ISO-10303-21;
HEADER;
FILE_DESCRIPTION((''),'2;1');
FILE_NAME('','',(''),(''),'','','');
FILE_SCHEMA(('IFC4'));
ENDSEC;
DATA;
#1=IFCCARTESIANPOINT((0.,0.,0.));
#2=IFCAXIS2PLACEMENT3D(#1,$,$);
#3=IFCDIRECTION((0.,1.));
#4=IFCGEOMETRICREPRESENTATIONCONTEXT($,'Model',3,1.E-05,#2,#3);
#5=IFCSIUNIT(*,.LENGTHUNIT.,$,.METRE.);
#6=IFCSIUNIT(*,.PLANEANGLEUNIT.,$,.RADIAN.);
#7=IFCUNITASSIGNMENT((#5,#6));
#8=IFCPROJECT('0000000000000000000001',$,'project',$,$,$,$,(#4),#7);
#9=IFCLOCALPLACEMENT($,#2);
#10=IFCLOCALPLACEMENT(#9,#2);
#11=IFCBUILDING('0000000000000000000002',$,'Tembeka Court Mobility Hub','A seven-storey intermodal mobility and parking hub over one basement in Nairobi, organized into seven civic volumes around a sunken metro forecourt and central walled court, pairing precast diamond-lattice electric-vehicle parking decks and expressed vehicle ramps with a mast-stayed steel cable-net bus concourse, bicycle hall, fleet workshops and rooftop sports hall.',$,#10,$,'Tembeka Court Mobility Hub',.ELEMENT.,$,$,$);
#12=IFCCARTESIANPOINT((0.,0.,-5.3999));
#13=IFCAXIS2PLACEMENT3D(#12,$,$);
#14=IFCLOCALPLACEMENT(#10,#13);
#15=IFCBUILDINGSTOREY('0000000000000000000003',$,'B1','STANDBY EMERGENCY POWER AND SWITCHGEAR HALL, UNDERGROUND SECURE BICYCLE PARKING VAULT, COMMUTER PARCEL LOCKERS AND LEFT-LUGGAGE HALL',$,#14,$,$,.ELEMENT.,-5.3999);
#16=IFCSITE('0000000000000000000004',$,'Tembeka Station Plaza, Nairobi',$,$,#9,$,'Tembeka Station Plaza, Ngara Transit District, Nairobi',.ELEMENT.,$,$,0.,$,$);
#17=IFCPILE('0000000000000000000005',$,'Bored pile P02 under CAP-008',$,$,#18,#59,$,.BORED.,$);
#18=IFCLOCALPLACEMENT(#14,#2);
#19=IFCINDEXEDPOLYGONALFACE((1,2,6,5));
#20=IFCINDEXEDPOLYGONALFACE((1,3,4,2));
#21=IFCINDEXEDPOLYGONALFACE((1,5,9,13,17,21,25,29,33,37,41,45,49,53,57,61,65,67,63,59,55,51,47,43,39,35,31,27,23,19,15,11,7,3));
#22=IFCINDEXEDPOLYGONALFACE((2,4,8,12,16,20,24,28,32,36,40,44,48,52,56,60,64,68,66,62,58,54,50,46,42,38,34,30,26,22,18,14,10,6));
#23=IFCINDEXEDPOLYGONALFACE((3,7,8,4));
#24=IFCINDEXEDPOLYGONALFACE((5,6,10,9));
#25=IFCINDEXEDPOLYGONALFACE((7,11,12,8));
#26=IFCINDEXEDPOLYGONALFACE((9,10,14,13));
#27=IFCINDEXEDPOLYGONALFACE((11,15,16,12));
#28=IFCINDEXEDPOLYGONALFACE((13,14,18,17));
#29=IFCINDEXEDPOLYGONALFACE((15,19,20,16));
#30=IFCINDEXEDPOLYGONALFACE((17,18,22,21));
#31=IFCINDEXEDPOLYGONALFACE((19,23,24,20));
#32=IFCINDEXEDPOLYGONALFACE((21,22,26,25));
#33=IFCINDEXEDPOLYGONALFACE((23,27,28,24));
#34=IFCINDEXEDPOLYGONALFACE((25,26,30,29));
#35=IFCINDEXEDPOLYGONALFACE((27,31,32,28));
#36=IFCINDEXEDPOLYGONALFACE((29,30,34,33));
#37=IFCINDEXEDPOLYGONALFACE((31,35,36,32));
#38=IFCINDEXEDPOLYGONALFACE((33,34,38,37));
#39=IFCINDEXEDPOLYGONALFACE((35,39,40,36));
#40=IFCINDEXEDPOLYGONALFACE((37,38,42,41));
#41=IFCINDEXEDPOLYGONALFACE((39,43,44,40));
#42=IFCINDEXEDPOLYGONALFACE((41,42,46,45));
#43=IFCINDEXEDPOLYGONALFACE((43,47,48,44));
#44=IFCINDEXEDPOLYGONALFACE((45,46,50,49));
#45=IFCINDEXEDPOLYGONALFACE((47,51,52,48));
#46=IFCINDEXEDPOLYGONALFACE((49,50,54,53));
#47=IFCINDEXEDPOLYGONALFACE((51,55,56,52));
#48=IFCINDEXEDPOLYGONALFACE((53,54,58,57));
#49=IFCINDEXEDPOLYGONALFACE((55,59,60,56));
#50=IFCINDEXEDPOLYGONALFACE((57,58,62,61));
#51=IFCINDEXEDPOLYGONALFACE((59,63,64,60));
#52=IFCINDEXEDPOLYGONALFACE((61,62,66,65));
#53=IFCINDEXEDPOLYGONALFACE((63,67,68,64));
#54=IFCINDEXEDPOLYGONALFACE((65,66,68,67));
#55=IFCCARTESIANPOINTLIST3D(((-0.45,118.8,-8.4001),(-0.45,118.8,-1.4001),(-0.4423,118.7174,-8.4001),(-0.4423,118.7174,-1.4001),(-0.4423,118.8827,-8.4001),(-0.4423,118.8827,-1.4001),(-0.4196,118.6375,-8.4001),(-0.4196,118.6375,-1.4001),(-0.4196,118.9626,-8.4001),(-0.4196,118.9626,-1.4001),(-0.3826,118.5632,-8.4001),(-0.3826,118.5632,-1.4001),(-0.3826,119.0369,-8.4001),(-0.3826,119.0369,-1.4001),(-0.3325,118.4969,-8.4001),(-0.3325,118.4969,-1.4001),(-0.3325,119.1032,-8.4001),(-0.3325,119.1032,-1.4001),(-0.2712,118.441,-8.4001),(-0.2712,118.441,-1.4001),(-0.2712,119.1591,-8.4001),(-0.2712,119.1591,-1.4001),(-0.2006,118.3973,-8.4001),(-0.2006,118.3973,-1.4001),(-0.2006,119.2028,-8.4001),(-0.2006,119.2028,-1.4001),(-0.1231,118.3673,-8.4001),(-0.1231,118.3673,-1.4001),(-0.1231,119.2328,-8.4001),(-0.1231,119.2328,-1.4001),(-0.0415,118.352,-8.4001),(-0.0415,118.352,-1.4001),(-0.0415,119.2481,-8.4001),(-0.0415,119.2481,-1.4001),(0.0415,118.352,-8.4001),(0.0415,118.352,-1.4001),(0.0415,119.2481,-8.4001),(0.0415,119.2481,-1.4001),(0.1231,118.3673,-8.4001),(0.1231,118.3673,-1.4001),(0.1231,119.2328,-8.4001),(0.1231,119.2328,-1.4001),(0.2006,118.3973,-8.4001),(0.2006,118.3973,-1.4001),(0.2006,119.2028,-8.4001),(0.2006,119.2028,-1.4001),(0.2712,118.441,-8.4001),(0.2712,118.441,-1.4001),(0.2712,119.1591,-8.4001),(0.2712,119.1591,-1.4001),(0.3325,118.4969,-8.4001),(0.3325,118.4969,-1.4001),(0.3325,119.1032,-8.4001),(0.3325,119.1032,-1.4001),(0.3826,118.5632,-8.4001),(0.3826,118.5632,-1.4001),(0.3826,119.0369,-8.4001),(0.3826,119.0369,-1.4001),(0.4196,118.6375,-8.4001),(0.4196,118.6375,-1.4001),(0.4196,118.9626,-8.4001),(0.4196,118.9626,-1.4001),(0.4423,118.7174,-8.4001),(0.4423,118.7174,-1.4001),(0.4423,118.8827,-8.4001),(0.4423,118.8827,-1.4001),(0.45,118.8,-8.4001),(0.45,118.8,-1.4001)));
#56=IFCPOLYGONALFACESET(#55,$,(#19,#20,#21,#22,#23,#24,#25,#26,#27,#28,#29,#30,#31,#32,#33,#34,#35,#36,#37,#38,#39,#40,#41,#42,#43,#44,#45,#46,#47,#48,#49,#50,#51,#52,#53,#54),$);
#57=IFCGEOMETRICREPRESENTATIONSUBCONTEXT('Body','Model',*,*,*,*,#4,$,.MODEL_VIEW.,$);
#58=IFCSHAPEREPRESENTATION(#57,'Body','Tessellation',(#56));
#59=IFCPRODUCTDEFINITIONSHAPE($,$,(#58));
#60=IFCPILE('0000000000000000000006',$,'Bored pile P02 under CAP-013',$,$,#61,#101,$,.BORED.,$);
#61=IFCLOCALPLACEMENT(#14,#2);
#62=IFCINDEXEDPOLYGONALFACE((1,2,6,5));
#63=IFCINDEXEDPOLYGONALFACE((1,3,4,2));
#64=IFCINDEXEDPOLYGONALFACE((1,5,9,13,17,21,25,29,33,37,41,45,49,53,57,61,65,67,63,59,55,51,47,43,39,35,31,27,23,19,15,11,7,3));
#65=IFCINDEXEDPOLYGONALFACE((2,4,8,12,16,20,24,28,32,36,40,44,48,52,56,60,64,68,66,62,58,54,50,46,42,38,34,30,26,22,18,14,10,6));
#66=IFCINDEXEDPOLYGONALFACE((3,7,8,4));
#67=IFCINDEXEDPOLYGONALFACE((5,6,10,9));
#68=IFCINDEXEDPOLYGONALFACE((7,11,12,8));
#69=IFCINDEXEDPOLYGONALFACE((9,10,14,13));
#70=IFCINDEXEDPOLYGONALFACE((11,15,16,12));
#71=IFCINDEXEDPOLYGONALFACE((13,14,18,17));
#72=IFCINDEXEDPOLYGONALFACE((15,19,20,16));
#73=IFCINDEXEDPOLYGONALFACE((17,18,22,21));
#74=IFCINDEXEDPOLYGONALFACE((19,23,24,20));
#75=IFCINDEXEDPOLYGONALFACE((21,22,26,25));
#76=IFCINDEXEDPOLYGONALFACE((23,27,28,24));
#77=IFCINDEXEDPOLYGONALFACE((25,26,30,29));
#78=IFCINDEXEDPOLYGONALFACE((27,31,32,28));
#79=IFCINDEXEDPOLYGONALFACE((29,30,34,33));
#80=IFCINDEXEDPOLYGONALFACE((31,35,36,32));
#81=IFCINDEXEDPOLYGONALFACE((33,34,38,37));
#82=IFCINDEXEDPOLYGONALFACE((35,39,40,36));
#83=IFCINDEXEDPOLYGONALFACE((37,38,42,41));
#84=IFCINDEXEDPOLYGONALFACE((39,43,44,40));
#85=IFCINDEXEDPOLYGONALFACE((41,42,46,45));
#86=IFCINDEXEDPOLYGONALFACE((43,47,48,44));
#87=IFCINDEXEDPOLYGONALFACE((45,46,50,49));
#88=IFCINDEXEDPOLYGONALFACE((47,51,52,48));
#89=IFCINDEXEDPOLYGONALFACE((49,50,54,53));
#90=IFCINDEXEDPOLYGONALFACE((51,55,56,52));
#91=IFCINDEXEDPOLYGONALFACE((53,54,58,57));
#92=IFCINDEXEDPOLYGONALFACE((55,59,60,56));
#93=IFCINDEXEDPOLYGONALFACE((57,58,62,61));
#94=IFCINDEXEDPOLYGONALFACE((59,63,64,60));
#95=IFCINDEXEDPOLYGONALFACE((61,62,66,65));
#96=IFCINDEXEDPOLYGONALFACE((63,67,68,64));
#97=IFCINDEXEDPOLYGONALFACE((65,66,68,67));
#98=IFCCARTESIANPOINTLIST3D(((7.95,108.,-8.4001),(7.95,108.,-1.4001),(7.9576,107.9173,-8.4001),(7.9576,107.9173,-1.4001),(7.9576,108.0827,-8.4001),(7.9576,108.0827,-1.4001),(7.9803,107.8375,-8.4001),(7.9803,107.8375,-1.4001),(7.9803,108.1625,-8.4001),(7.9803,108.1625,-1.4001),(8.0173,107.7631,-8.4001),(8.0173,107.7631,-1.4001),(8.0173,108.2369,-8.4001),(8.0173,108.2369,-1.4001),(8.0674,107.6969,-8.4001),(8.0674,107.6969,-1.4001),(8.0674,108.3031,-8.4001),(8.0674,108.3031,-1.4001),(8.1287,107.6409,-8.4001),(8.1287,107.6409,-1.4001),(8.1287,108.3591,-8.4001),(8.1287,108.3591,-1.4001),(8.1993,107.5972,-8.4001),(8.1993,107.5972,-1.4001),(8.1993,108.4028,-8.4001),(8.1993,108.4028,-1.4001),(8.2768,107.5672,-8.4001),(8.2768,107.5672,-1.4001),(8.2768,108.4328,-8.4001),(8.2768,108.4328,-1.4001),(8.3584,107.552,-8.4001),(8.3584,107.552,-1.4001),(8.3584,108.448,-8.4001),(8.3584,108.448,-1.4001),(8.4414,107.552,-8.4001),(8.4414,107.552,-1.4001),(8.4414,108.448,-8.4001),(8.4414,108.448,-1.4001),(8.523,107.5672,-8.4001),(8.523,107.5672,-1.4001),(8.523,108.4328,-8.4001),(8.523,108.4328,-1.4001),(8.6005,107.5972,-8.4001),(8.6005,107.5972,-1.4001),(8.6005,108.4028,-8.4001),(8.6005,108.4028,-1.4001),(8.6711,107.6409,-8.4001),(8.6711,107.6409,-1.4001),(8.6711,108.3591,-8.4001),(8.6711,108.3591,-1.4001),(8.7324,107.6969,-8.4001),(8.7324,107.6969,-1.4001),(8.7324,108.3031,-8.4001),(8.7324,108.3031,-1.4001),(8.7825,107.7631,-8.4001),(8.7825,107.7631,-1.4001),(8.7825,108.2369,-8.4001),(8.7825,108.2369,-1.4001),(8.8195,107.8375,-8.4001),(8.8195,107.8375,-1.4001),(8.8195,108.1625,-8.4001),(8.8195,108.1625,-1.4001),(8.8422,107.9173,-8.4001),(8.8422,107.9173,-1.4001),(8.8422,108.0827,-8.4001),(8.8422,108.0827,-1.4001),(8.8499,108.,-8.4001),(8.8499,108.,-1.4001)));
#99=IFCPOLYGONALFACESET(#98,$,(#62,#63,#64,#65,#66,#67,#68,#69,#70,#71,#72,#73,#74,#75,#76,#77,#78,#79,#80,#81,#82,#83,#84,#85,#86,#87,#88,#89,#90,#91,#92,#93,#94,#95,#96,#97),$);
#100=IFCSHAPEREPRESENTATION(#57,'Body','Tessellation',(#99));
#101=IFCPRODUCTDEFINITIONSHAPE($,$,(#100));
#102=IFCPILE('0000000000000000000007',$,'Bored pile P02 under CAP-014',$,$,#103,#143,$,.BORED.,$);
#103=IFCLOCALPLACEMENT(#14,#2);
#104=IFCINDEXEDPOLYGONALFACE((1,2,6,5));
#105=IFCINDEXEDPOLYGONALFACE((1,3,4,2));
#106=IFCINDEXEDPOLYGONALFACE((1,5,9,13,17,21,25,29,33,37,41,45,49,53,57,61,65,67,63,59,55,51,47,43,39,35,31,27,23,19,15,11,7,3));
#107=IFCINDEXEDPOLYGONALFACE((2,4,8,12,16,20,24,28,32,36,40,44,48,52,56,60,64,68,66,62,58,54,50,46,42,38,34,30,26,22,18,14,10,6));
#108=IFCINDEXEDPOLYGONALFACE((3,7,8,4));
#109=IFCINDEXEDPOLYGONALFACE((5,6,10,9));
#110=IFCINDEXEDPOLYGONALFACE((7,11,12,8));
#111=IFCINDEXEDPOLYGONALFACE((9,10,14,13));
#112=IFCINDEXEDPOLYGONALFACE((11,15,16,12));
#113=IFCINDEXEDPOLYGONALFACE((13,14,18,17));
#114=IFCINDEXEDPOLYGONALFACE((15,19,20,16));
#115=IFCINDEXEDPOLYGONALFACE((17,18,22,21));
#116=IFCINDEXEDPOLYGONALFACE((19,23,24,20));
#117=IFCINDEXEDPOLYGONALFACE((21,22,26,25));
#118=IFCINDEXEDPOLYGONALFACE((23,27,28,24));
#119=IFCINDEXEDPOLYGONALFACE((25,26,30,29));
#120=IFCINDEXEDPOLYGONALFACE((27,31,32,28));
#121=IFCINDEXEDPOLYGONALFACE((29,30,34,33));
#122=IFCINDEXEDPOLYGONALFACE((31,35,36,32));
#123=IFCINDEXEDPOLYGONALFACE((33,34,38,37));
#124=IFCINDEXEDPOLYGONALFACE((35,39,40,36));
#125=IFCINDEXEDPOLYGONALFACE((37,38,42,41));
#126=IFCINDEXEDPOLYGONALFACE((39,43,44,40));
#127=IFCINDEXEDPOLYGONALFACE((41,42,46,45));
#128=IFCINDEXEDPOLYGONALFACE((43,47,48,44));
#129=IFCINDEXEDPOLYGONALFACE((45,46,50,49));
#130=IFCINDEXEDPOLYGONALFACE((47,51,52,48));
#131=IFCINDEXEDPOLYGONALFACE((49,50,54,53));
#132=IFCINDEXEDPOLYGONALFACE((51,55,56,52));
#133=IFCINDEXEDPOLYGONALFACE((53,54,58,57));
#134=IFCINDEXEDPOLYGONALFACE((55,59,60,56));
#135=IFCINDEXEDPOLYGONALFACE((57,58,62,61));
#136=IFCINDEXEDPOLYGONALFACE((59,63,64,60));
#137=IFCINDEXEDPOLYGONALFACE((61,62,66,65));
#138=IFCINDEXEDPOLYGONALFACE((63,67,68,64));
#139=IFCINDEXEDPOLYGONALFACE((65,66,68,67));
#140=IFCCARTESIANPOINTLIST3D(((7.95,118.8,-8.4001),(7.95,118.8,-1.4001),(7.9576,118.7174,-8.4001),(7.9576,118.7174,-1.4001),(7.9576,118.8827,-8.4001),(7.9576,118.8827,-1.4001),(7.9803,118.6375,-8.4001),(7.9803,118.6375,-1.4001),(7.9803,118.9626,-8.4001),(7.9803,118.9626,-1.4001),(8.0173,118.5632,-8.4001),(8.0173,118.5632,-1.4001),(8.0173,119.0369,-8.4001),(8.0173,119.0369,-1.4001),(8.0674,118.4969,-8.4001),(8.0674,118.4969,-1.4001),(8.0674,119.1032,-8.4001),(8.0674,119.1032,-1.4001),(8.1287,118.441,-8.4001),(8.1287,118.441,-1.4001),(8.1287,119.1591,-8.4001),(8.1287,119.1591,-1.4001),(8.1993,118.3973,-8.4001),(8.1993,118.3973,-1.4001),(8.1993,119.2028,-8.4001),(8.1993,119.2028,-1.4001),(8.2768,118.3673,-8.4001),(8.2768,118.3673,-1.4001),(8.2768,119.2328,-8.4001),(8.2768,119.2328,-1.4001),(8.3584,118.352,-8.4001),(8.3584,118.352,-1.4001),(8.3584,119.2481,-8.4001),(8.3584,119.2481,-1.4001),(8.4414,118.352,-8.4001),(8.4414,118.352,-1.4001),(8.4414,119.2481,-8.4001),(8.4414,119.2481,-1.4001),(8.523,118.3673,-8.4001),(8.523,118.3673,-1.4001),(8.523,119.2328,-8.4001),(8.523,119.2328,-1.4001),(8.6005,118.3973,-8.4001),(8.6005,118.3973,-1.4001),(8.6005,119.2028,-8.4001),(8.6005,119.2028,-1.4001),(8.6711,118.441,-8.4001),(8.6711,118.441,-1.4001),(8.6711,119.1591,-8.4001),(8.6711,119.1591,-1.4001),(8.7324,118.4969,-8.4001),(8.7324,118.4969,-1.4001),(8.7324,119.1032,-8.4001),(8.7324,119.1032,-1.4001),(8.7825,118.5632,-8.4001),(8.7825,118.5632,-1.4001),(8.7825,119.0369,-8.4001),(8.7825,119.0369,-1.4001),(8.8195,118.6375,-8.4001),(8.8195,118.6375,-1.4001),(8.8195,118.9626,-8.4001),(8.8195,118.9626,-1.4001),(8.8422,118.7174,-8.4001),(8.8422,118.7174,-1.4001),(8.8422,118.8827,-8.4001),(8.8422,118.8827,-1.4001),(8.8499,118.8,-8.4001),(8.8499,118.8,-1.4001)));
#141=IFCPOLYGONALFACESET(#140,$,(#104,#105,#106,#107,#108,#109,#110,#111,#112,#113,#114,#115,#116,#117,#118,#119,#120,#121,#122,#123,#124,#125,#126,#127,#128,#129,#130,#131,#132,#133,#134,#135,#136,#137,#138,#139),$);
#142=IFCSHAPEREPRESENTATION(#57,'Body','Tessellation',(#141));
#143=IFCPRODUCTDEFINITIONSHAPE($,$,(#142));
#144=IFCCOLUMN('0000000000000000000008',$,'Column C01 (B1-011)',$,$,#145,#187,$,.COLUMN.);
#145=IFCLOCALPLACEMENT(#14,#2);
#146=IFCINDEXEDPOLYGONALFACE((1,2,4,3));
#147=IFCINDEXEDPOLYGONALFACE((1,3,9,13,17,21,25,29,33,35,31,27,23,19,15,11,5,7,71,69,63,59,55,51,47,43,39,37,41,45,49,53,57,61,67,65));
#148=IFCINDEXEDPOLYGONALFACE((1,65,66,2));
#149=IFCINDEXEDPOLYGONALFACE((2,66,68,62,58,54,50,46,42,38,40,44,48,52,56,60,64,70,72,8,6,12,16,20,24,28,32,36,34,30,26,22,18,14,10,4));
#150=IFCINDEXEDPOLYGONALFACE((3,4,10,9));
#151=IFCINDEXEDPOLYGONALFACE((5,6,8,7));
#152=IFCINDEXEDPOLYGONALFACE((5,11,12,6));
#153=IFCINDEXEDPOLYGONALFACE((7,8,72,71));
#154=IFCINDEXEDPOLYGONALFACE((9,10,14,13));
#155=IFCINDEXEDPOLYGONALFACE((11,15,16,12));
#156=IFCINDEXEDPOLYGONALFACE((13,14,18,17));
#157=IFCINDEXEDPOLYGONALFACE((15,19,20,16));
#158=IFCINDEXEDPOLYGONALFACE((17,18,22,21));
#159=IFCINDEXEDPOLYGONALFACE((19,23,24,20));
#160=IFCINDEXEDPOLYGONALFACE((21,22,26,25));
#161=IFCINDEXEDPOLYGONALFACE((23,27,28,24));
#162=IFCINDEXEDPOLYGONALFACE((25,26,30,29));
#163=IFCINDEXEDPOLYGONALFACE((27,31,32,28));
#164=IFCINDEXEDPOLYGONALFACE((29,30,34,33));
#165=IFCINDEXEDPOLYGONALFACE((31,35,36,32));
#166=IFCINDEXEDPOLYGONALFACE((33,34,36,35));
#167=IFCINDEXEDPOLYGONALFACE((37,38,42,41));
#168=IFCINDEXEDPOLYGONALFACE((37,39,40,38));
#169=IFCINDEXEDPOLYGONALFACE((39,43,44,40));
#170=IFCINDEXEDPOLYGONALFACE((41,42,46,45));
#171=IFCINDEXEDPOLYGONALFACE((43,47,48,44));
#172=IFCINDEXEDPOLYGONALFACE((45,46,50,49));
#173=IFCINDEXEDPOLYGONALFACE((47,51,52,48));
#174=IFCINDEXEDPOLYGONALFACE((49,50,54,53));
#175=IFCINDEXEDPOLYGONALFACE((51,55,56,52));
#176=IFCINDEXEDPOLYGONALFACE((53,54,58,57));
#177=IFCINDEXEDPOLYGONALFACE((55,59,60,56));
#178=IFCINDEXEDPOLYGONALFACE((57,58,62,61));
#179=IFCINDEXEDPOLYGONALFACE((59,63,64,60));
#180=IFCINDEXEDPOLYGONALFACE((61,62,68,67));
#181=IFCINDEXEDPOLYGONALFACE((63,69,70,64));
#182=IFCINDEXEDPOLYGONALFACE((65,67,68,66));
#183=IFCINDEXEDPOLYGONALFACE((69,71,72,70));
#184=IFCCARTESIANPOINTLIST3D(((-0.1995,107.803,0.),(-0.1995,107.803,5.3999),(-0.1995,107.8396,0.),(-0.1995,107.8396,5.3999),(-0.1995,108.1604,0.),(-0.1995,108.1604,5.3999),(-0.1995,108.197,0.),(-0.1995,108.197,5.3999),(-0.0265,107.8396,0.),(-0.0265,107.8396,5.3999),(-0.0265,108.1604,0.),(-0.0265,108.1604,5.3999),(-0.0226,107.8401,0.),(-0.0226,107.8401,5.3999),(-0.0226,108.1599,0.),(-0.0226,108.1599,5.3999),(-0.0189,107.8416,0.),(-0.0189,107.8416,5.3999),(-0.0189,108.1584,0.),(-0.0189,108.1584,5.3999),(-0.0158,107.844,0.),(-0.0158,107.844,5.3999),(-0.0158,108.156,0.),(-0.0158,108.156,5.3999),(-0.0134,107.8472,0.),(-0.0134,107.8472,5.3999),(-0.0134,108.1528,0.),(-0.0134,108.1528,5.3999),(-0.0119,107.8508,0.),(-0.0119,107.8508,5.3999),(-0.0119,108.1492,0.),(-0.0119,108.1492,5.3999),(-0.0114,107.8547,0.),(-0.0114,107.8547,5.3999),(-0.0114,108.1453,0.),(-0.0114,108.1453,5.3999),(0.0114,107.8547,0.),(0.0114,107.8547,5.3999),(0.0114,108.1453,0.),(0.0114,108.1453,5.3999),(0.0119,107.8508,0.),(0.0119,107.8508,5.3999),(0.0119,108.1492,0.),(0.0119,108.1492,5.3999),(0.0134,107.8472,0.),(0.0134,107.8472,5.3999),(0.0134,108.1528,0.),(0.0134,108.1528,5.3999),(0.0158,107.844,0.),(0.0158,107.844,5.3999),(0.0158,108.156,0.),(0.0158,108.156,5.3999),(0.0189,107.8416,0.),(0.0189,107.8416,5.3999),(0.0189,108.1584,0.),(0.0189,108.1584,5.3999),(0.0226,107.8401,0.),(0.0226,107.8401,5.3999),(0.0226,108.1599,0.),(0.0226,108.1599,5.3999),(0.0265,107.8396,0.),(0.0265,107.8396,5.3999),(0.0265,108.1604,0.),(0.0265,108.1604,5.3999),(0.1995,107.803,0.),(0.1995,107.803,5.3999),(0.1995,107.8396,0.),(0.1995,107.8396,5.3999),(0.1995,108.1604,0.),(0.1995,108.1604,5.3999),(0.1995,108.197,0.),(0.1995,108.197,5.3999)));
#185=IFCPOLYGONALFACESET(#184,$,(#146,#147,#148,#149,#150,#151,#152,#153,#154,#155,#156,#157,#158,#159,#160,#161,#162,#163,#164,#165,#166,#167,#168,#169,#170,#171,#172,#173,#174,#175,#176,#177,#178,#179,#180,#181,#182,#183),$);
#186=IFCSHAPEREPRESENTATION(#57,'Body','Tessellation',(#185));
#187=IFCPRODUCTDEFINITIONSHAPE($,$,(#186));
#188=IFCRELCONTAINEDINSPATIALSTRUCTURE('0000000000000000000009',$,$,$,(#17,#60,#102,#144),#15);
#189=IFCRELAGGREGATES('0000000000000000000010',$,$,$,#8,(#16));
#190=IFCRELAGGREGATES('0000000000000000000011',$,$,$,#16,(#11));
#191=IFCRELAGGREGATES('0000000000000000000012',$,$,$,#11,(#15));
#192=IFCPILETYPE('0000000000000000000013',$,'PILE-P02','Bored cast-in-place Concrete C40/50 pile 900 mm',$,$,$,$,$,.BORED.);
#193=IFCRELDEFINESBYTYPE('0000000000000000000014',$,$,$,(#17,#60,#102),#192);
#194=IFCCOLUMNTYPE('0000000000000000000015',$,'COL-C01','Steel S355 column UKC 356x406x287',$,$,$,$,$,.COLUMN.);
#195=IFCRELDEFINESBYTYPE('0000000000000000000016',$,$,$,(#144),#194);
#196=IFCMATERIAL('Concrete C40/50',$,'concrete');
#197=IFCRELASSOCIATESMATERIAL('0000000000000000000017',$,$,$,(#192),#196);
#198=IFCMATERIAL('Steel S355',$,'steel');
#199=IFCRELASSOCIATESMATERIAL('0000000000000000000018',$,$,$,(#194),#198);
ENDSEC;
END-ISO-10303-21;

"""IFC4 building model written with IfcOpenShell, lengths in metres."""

from ifc_helpers import new_model, si_unit, direction, frame, origin, origin_2d, place, context, subcontext, project, spatial, circle, i_section, extrude, material, material_profile, profile_set, type_object, element, save


model = new_model("IFC4")

# Units and contexts
model_context = context("Model", 3, precision=1e-05, world=origin(), true_north=direction((0.0, 1.0)))
body_context = subcontext(model_context, "Body", "Model", "MODEL_VIEW")
ifc_project = project(units=[si_unit("LENGTHUNIT", "METRE"), si_unit("PLANEANGLEUNIT", "RADIAN")], contexts=[model_context])

# Site, building, storey
site_placement = place(None, origin())
site = spatial("IfcSite", under=ifc_project, at=site_placement, Name="Tembeka Station Plaza, Nairobi", LongName="Tembeka Station Plaza, Ngara Transit District, Nairobi", CompositionType="ELEMENT", RefElevation=0.0)
building_placement = place(site_placement, origin())
building = spatial("IfcBuilding", under=site, at=building_placement, Name="Tembeka Court Mobility Hub", Description="A seven-storey intermodal mobility and parking hub over one basement in Nairobi, organized into seven civic volumes around a sunken metro forecourt and central walled court, pairing precast diamond-lattice electric-vehicle parking decks and expressed vehicle ramps with a mast-stayed steel cable-net bus concourse, bicycle hall, fleet workshops and rooftop sports hall.", LongName="Tembeka Court Mobility Hub", CompositionType="ELEMENT")
storey_placement = place(building_placement, frame((0.0, 0.0, -5.3999)))
storey = spatial("IfcBuildingStorey", under=building, at=storey_placement, Name="B1", Description="STANDBY EMERGENCY POWER AND SWITCHGEAR HALL, UNDERGROUND SECURE BICYCLE PARKING VAULT, COMMUTER PARCEL LOCKERS AND LEFT-LUGGAGE HALL", CompositionType="ELEMENT", Elevation=-5.3999)

# Shared definitions
ifc_material_1 = material(Name="Concrete C40/50", Category="concrete")

# Piles
ifc_material_profile_1 = material_profile(ifc_material_1, circle(Radius=0.45, at=origin_2d()), Name="PILE D900")
ifc_profile_set_1 = profile_set([ifc_material_profile_1], Name="Concrete C40/50")
pile_type = type_object("IfcPileType", Name="PILE-P02", Description="Bored cast-in-place Concrete C40/50 pile 900 mm", PredefinedType="BORED", material=ifc_profile_set_1)
for number, where, z_axis, x_axis, name in (
    (1, (0.0, 118.8, -1.4001), (0.0, 0.0, -1.0), (1.0, 0.0, 0.0), "Bored pile P02 under CAP-008"),
    (2, (8.3999, 108.0, -1.4001), (0.0, 0.0, -1.0), (1.0, 0.0, 0.0), "Bored pile P02 under CAP-013"),
    (3, (8.3999, 118.8, -1.4001), (0.0, 0.0, -1.0), (1.0, 0.0, 0.0), "Bored pile P02 under CAP-014"),
):
    element("IfcPile", number, at=place(storey_placement, frame(where, z_axis=z_axis, x_axis=x_axis)), inside=storey, type_object=pile_type, Name=name, PredefinedType="BORED", context=body_context, shape_type="SweptSolid", body=[
        extrude(circle(Radius=0.45, at=origin_2d()), origin(), (0.0, 0.0, 1.0), 7.0),
    ])

# Column
ifc_material_2 = material(Name="Steel S355", Category="steel")
ifc_material_profile_2 = material_profile(ifc_material_2, i_section(OverallWidth=0.3989, OverallDepth=0.394, WebThickness=0.0227, FlangeThickness=0.0366, FilletRadius=0.0151, at=origin_2d()), Name="UKC 356x406x287")
ifc_profile_set_2 = profile_set([ifc_material_profile_2], Name="Steel S355")
column_type_1 = type_object("IfcColumnType", Name="COL-C01", Description="Steel S355 column UKC 356x406x287", PredefinedType="COLUMN", material=ifc_profile_set_2)
for number, where, z_axis, x_axis, name in (
    (4, (0.0, 108.0, 0.0), (0.0, 0.0, 1.0), (1.0, 0.0, 0.0), "Column C01 (B1-011)"),
):
    element("IfcColumn", number, at=place(storey_placement, frame(where, z_axis=z_axis, x_axis=x_axis)), inside=storey, type_object=column_type_1, Name=name, PredefinedType="COLUMN", context=body_context, shape_type="SweptSolid", body=[
        extrude(i_section(OverallWidth=0.3989, OverallDepth=0.394, WebThickness=0.0227, FlangeThickness=0.0366, FilletRadius=0.0151, at=origin_2d()), origin(), (0.0, 0.0, 1.0), 5.3999),
    ])

save(model, "model.ifc")
